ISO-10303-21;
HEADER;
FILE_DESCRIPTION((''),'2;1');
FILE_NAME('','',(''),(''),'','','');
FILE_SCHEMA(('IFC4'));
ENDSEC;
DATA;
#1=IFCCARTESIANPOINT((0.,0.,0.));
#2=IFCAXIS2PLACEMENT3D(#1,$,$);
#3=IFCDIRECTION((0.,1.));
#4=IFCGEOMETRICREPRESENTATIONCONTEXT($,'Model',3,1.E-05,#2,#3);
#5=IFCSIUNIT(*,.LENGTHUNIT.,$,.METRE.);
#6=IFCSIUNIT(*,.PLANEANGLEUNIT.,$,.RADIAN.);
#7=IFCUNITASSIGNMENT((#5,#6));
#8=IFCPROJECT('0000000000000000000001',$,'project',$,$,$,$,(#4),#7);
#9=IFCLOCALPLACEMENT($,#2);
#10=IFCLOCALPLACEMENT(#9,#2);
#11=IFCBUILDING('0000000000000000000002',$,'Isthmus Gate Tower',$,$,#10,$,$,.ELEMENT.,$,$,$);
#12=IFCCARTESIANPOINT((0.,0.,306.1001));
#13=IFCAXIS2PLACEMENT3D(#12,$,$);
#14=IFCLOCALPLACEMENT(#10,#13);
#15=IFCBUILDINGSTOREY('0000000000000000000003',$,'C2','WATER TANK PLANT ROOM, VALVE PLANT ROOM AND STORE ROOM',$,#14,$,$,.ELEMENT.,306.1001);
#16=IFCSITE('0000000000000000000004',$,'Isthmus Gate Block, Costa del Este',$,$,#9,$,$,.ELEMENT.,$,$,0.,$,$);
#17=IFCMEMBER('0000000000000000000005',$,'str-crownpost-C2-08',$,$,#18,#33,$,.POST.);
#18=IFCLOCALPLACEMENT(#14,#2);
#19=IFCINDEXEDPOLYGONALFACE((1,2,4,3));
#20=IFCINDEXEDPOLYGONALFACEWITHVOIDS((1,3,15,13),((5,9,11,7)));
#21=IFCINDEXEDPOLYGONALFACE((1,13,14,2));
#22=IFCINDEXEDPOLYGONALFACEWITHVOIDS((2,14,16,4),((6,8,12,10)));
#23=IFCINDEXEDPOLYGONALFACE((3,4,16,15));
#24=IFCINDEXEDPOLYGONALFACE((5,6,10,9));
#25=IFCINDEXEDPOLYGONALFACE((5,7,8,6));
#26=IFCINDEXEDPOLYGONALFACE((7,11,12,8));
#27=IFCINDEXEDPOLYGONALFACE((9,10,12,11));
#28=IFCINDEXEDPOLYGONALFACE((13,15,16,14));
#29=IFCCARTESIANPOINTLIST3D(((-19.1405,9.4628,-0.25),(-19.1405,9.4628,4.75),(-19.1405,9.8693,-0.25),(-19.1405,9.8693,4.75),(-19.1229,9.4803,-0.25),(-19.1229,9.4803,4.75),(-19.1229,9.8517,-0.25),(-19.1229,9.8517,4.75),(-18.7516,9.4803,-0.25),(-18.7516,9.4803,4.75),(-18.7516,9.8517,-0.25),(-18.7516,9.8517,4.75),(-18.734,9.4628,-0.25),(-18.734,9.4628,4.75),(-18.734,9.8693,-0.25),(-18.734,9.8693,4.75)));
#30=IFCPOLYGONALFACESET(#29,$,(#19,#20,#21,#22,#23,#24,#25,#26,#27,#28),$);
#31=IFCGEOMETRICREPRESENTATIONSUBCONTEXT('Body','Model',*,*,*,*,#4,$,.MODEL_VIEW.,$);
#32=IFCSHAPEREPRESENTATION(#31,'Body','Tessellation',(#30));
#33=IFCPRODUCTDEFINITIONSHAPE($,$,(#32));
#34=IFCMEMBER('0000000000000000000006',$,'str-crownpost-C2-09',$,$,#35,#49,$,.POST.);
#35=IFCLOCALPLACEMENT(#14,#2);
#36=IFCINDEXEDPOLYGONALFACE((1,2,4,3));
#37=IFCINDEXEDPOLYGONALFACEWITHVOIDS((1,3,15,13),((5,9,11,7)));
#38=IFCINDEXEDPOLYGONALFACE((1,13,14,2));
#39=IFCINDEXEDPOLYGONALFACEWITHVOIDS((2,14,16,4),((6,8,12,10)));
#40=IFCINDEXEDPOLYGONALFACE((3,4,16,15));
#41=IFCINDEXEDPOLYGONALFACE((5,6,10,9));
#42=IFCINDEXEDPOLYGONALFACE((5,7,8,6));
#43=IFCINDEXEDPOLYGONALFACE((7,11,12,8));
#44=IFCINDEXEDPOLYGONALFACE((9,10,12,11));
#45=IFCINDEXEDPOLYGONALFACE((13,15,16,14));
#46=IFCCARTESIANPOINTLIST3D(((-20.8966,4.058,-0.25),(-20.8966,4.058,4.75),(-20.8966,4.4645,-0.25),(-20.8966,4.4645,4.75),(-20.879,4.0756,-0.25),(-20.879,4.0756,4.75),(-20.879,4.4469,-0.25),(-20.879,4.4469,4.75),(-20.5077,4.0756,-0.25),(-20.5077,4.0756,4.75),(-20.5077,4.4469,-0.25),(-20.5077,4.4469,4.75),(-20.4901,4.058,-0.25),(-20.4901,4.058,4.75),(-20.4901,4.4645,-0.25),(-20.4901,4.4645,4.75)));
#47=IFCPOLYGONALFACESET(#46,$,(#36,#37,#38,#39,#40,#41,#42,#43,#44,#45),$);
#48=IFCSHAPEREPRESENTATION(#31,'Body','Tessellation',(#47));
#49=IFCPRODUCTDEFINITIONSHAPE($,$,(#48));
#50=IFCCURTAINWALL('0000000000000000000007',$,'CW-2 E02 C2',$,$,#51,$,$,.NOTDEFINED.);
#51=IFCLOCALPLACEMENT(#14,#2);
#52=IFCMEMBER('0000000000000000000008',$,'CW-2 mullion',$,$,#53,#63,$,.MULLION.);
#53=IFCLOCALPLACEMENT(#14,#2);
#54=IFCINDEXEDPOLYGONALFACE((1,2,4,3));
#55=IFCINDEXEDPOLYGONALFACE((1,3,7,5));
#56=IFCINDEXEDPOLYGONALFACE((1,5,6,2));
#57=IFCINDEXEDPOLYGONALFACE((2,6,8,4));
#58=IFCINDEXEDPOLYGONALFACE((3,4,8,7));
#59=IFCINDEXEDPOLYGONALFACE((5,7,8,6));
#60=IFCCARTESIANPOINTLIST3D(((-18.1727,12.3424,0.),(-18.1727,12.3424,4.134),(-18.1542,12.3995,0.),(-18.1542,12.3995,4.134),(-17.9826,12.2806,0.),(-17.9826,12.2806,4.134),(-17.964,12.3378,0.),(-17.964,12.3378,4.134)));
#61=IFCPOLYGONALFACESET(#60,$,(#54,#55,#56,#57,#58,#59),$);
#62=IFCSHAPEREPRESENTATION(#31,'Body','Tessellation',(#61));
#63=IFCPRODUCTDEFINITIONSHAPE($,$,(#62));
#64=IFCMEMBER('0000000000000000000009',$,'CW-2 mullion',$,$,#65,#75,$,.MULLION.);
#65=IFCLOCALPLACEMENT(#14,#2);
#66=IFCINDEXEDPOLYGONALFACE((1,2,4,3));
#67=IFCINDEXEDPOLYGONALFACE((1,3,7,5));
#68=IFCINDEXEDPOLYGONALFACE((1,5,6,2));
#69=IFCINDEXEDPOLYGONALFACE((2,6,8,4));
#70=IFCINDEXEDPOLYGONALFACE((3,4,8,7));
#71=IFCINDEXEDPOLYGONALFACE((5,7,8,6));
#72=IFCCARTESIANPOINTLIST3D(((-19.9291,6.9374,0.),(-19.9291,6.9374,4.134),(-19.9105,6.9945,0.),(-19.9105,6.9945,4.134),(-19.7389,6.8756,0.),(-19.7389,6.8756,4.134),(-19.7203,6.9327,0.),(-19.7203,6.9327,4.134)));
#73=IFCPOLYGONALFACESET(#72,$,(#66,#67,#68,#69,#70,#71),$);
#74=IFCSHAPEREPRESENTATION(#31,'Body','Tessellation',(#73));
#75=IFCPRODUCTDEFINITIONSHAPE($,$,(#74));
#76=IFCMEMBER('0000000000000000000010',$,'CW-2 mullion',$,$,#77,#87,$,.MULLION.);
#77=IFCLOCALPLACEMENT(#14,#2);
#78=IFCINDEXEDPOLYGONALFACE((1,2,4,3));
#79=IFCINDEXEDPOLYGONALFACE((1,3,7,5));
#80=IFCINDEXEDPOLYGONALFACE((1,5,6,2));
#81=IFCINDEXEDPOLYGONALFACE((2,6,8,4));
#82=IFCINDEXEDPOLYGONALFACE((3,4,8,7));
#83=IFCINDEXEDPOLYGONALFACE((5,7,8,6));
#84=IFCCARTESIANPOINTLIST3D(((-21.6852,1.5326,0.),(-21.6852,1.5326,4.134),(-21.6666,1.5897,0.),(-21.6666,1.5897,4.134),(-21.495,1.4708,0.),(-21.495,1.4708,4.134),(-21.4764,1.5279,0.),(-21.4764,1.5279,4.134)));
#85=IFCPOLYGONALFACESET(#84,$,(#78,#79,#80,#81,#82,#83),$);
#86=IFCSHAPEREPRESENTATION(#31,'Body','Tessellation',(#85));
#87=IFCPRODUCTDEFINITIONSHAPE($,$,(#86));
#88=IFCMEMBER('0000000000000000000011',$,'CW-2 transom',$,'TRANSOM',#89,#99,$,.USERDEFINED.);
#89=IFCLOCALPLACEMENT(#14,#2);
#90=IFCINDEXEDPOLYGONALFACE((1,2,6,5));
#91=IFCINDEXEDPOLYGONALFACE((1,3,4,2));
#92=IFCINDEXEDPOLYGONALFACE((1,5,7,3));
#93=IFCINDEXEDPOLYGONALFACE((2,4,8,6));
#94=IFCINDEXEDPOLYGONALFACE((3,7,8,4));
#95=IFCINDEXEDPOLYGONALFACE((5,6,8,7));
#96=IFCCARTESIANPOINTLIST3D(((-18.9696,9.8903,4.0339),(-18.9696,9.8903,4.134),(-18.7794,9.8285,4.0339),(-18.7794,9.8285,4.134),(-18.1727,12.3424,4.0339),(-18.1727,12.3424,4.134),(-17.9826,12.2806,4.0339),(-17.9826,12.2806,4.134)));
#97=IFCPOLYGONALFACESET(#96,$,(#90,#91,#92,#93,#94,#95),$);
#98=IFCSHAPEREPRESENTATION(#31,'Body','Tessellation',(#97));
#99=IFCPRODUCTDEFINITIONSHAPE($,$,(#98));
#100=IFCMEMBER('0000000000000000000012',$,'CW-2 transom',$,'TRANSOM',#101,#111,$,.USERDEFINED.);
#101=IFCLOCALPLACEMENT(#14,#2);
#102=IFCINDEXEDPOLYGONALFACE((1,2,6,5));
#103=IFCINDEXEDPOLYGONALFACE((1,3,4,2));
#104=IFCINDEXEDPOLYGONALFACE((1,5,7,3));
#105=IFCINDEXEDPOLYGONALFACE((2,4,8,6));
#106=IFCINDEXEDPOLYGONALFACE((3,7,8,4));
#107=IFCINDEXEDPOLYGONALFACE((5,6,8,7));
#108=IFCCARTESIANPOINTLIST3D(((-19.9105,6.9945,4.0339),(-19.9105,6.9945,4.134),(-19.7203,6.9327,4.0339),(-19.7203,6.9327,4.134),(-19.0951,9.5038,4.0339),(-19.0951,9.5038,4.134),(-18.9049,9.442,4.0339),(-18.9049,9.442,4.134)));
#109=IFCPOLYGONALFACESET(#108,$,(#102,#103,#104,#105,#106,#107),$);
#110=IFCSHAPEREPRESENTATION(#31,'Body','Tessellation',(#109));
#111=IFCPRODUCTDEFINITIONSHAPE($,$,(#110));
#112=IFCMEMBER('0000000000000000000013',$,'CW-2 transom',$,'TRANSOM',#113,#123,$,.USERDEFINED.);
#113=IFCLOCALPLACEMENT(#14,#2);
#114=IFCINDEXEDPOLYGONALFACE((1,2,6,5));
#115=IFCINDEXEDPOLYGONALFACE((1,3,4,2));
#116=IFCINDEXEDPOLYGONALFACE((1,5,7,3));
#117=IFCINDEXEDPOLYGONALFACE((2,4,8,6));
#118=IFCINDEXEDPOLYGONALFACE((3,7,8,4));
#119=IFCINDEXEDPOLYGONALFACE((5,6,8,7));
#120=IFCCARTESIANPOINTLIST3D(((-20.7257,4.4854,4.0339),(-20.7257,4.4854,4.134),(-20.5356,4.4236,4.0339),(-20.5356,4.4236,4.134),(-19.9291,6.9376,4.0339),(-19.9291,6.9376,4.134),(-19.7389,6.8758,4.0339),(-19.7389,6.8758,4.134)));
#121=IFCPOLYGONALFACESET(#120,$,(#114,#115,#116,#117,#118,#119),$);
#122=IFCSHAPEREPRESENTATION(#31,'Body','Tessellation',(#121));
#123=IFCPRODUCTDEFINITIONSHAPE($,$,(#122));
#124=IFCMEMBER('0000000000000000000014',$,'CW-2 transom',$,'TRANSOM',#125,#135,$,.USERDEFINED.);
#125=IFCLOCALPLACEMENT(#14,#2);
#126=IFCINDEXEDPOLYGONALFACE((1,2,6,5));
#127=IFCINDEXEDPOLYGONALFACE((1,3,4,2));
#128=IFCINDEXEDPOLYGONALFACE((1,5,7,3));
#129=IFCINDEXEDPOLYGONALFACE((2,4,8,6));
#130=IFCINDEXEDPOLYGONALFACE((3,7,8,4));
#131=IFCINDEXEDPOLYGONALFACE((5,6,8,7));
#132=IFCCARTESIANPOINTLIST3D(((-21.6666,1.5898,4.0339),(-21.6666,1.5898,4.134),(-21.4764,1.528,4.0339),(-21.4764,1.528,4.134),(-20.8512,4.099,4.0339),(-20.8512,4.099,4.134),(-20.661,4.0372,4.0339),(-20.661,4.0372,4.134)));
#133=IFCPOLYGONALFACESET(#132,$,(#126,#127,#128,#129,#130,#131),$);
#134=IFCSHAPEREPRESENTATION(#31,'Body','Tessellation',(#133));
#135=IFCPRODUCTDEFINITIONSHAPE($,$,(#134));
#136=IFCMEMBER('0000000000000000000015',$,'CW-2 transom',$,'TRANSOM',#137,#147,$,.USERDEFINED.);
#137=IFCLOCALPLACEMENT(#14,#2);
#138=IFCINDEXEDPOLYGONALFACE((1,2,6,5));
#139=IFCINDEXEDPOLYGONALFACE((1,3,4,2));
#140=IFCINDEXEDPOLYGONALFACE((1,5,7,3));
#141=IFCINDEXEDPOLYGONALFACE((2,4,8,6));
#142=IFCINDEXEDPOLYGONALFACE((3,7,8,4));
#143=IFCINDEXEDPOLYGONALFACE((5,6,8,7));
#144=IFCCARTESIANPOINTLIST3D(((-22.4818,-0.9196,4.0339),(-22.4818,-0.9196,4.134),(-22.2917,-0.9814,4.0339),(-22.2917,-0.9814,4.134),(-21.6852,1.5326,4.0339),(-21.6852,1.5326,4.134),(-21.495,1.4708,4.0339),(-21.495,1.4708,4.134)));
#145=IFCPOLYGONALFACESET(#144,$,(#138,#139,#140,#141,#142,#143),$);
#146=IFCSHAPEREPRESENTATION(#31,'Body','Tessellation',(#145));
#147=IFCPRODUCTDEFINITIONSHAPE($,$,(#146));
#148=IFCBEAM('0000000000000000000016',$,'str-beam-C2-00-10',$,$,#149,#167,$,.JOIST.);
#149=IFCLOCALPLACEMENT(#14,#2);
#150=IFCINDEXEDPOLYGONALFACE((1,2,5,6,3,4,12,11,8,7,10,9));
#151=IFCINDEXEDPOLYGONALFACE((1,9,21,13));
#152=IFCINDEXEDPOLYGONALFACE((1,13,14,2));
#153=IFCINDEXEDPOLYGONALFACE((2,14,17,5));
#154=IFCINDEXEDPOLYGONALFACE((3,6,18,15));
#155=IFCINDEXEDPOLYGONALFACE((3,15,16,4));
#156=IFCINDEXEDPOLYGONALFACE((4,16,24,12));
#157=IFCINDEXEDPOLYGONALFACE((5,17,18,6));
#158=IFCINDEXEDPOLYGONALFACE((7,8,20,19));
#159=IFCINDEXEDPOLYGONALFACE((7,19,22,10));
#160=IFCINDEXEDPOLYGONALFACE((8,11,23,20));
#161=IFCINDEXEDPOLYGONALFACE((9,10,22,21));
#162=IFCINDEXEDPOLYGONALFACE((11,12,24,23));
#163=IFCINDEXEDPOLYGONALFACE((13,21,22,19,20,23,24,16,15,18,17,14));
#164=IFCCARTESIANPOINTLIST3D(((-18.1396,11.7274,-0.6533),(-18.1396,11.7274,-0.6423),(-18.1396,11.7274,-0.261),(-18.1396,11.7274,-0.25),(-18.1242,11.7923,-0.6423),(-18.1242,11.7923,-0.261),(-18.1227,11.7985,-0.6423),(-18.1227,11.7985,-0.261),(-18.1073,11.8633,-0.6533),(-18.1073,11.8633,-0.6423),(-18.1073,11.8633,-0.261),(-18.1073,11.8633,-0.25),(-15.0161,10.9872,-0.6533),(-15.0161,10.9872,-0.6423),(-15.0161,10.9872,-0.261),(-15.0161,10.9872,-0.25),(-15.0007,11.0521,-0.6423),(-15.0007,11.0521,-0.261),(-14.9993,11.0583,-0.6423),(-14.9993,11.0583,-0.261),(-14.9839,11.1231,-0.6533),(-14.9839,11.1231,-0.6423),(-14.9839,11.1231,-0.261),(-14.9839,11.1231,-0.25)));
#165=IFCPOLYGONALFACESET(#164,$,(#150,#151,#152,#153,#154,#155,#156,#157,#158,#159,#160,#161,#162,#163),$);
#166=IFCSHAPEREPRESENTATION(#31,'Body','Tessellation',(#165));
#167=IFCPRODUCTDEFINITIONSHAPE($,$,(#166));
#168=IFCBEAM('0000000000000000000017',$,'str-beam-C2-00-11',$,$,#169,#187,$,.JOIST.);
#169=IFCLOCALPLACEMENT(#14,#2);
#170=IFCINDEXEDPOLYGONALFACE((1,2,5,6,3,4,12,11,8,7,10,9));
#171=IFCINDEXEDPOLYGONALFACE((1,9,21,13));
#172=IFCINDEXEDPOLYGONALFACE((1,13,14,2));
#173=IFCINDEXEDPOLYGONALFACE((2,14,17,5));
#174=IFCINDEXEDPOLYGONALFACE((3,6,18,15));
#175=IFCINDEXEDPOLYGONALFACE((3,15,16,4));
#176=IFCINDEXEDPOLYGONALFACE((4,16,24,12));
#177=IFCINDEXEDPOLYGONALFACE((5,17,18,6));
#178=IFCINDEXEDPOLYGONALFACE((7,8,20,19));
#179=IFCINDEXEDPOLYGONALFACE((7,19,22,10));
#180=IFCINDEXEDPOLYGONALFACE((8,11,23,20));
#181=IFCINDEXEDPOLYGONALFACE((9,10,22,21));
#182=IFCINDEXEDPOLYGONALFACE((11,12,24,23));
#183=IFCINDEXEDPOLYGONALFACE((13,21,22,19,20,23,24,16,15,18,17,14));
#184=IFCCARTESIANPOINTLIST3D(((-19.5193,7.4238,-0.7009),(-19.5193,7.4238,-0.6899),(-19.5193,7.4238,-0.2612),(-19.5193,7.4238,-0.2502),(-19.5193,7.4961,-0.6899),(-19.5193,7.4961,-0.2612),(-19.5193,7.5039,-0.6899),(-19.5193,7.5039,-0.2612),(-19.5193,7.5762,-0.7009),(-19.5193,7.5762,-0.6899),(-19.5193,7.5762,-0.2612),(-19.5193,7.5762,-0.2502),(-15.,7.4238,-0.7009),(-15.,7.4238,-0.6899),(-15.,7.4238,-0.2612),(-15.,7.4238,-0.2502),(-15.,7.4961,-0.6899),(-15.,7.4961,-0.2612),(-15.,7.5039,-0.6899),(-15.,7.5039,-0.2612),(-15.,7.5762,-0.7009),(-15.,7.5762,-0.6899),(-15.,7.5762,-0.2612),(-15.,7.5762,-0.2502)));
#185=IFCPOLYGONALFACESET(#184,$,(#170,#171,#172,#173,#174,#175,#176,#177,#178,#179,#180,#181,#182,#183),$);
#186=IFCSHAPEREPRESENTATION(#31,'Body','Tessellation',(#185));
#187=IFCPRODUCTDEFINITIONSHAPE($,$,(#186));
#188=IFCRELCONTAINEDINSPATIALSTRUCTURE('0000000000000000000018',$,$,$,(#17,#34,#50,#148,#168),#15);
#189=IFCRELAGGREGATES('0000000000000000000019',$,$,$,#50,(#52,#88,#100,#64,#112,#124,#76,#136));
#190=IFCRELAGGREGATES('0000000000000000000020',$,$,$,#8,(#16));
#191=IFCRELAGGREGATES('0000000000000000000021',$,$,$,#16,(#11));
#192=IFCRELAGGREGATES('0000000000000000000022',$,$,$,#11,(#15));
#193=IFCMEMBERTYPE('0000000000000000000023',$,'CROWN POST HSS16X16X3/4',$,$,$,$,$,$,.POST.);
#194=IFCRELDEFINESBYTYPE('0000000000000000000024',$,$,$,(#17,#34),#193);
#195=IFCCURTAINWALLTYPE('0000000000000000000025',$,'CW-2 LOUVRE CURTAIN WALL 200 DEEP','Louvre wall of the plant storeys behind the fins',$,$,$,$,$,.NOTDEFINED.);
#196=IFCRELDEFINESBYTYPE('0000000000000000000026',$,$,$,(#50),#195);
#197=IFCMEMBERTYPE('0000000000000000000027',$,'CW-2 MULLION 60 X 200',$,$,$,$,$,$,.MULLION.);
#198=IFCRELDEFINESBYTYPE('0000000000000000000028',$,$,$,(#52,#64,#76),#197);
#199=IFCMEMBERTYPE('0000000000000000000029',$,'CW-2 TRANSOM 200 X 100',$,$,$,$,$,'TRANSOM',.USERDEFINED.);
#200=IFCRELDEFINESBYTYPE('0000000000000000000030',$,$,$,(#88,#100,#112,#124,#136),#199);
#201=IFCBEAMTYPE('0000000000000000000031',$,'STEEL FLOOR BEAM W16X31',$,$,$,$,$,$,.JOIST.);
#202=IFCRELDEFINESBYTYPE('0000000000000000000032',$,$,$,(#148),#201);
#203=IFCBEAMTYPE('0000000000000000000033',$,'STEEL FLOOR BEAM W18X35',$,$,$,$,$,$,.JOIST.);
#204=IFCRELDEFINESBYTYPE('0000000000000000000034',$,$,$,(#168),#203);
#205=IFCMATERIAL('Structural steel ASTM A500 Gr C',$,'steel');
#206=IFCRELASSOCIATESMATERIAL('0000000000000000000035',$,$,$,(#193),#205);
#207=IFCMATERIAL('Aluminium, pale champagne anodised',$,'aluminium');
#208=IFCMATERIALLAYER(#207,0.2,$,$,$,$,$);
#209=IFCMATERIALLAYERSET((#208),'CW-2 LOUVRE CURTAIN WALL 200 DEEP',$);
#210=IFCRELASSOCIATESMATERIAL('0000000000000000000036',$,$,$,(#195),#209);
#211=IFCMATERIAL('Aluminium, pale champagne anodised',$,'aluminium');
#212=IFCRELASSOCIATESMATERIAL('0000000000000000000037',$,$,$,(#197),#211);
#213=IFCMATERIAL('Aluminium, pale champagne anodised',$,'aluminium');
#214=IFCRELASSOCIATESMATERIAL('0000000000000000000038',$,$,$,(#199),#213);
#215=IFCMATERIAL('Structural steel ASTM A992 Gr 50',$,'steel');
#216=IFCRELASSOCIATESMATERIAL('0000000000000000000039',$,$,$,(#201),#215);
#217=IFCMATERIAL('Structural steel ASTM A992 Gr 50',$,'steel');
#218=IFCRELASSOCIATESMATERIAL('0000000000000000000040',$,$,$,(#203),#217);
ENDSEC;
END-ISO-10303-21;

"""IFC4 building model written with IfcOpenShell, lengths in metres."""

from ifc_helpers import new_model, si_unit, direction, frame, origin, origin_2d, place, context, subcontext, project, spatial, rectangle, hollow_rectangle, i_section, extrude, material, layer, layer_set, material_profile, profile_set, type_object, element, aggregate, save


model = new_model("IFC4")

# Units and contexts
model_context = context("Model", 3, precision=1e-05, world=origin(), true_north=direction((0.0, 1.0)))
body_context = subcontext(model_context, "Body", "Model", "MODEL_VIEW")
ifc_project = project(units=[si_unit("LENGTHUNIT", "METRE"), si_unit("PLANEANGLEUNIT", "RADIAN")], contexts=[model_context])

# Site, building, storey
site_placement = place(None, origin())
site = spatial("IfcSite", under=ifc_project, at=site_placement, Name="Isthmus Gate Block, Costa del Este", CompositionType="ELEMENT", RefElevation=0.0)
building_placement = place(site_placement, origin())
building = spatial("IfcBuilding", under=site, at=building_placement, Name="Isthmus Gate Tower", CompositionType="ELEMENT")
storey_placement = place(building_placement, frame((0.0, 0.0, 306.1001)))
storey = spatial("IfcBuildingStorey", under=building, at=storey_placement, Name="C2", Description="WATER TANK PLANT ROOM, VALVE PLANT ROOM AND STORE ROOM", CompositionType="ELEMENT", Elevation=306.1001)

# Members
ifc_material_1 = material(Name="Structural steel ASTM A500 Gr C", Category="steel")
ifc_material_profile_1 = material_profile(ifc_material_1, hollow_rectangle(XDim=0.4065, YDim=0.4065, WallThickness=0.0176, at=origin_2d()), Name="HSS16X16X3/4")
ifc_profile_set_1 = profile_set([ifc_material_profile_1], Name="Structural steel ASTM A500 Gr C")
member_type_1 = type_object("IfcMemberType", Name="CROWN POST HSS16X16X3/4", PredefinedType="POST", material=ifc_profile_set_1)
for number, where, z_axis, x_axis, name in (
    (1, (-18.9373, 9.666, -0.25), (0.0, 0.0, 1.0), (1.0, 0.0, 0.0), "str-crownpost-C2-08"),
    (2, (-20.6934, 4.2612, -0.25), (0.0, 0.0, 1.0), (1.0, 0.0, 0.0), "str-crownpost-C2-09"),
):
    element("IfcMember", number, at=place(storey_placement, frame(where, z_axis=z_axis, x_axis=x_axis)), inside=storey, type_object=member_type_1, Name=name, PredefinedType="POST", context=body_context, shape_type="SweptSolid", body=[
        extrude(hollow_rectangle(XDim=0.4065, YDim=0.4065, WallThickness=0.0176, at=origin_2d()), origin(), (0.0, 0.0, 1.0), 5.0),
    ])

# Curtain wall, members
ifc_material_2 = material(Name="Aluminium, pale champagne anodised", Category="aluminium")
ifc_layer_1 = layer(ifc_material_2, 0.2)
ifc_layer_set_1 = layer_set([ifc_layer_1], Name="CW-2 LOUVRE CURTAIN WALL 200 DEEP")
curtain_wall_type = type_object("IfcCurtainWallType", Name="CW-2 LOUVRE CURTAIN WALL 200 DEEP", Description="Louvre wall of the plant storeys behind the fins", PredefinedType="NOTDEFINED", material=ifc_layer_set_1)
curtain_wall_placement = place(storey_placement, origin())
curtain_wall = element("IfcCurtainWall", 3, at=curtain_wall_placement, inside=storey, type_object=curtain_wall_type, Name="CW-2 E02 C2", PredefinedType="NOTDEFINED")
ifc_material_3 = material(Name="Aluminium, pale champagne anodised", Category="aluminium")
ifc_material_profile_2 = material_profile(ifc_material_3, rectangle(XDim=0.0601, YDim=0.2, at=origin_2d()), Name="60x200")
ifc_profile_set_2 = profile_set([ifc_material_profile_2], Name="Aluminium, pale champagne anodised")
member_type_2 = type_object("IfcMemberType", Name="CW-2 MULLION 60 X 200", PredefinedType="MULLION", material=ifc_profile_set_2)
member_1_placement = place(storey_placement, frame((-18.0684, 12.3401, 0.0), z_axis=(0.0, 0.0, 1.0), x_axis=(-0.309017, -0.951057, 0.0)))
member_1 = element("IfcMember", 4, at=member_1_placement, type_object=member_type_2, Name="CW-2 mullion", PredefinedType="MULLION", context=body_context, shape_type="SweptSolid", body=[
    extrude(rectangle(XDim=0.0601, YDim=0.2, at=origin_2d()), origin(), (0.0, 0.0, 1.0), 4.134),
])
member_2_placement = place(storey_placement, frame((-19.8247, 6.9351, 0.0), z_axis=(0.0, 0.0, 1.0), x_axis=(-0.309017, -0.951057, 0.0)))
member_2 = element("IfcMember", 5, at=member_2_placement, type_object=member_type_2, Name="CW-2 mullion", PredefinedType="MULLION", context=body_context, shape_type="SweptSolid", body=[
    extrude(rectangle(XDim=0.0601, YDim=0.2, at=origin_2d()), origin(), (0.0, 0.0, 1.0), 4.134),
])
member_3_placement = place(storey_placement, frame((-21.5808, 1.5303, 0.0), z_axis=(0.0, 0.0, 1.0), x_axis=(-0.309017, -0.951057, 0.0)))
member_3 = element("IfcMember", 6, at=member_3_placement, type_object=member_type_2, Name="CW-2 mullion", PredefinedType="MULLION", context=body_context, shape_type="SweptSolid", body=[
    extrude(rectangle(XDim=0.0601, YDim=0.2, at=origin_2d()), origin(), (0.0, 0.0, 1.0), 4.134),
])
ifc_material_4 = material(Name="Aluminium, pale champagne anodised", Category="aluminium")
ifc_material_profile_3 = material_profile(ifc_material_4, rectangle(XDim=0.2, YDim=0.1001, at=origin_2d()), Name="200x100")
ifc_profile_set_3 = profile_set([ifc_material_profile_3], Name="Aluminium, pale champagne anodised")
member_type_3 = type_object("IfcMemberType", Name="CW-2 TRANSOM 200 X 100", ElementType="TRANSOM", PredefinedType="USERDEFINED", material=ifc_profile_set_3)
member_4_placement = place(storey_placement, frame((-18.0776, 12.3115, 4.084), z_axis=(-0.30906, -0.951042, 0.0), x_axis=(0.951042, -0.30906, 0.0)))
member_4 = element("IfcMember", 7, at=member_4_placement, type_object=member_type_3, Name="CW-2 transom", ObjectType="TRANSOM", PredefinedType="USERDEFINED", context=body_context, shape_type="SweptSolid", body=[
    extrude(rectangle(XDim=0.2, YDim=0.1001, at=origin_2d()), origin(), (0.0, 0.0, 1.0), 2.5784),
])
member_5_placement = place(storey_placement, frame((-19.0, 9.4729, 4.084), z_axis=(-0.309057, -0.951044, 0.0), x_axis=(0.951044, -0.309057, 0.0)))
member_5 = element("IfcMember", 8, at=member_5_placement, type_object=member_type_3, Name="CW-2 transom", ObjectType="TRANSOM", PredefinedType="USERDEFINED", context=body_context, shape_type="SweptSolid", body=[
    extrude(rectangle(XDim=0.2, YDim=0.1001, at=origin_2d()), origin(), (0.0, 0.0, 1.0), 2.6384),
])
member_6_placement = place(storey_placement, frame((-19.834, 6.9067, 4.084), z_axis=(-0.308975, -0.95107, 0.0), x_axis=(0.95107, -0.308975, 0.0)))
member_6 = element("IfcMember", 9, at=member_6_placement, type_object=member_type_3, Name="CW-2 transom", ObjectType="TRANSOM", PredefinedType="USERDEFINED", context=body_context, shape_type="SweptSolid", body=[
    extrude(rectangle(XDim=0.2, YDim=0.1001, at=origin_2d()), origin(), (0.0, 0.0, 1.0), 2.5784),
])
member_7_placement = place(storey_placement, frame((-20.7561, 4.0681, 4.084), z_axis=(-0.309057, -0.951044, 0.0), x_axis=(0.951044, -0.309057, 0.0)))
member_7 = element("IfcMember", 10, at=member_7_placement, type_object=member_type_3, Name="CW-2 transom", ObjectType="TRANSOM", PredefinedType="USERDEFINED", context=body_context, shape_type="SweptSolid", body=[
    extrude(rectangle(XDim=0.2, YDim=0.1001, at=origin_2d()), origin(), (0.0, 0.0, 1.0), 2.6384),
])
member_8_placement = place(storey_placement, frame((-21.5901, 1.5017, 4.084), z_axis=(-0.308975, -0.95107, 0.0), x_axis=(0.95107, -0.308975, 0.0)))
member_8 = element("IfcMember", 11, at=member_8_placement, type_object=member_type_3, Name="CW-2 transom", ObjectType="TRANSOM", PredefinedType="USERDEFINED", context=body_context, shape_type="SweptSolid", body=[
    extrude(rectangle(XDim=0.2, YDim=0.1001, at=origin_2d()), origin(), (0.0, 0.0, 1.0), 2.5784),
])

# Beams
ifc_material_5 = material(Name="Structural steel ASTM A992 Gr 50", Category="steel")
ifc_material_profile_4 = material_profile(ifc_material_5, i_section(OverallWidth=0.1396, OverallDepth=0.4033, WebThickness=0.0063, FlangeThickness=0.011, at=origin_2d()), Name="W16X31")
ifc_profile_set_4 = profile_set([ifc_material_profile_4], Name="Structural steel ASTM A992 Gr 50")
beam_type_1 = type_object("IfcBeamType", Name="STEEL FLOOR BEAM W16X31", PredefinedType="JOIST", material=ifc_profile_set_4)
beam_1_placement = place(storey_placement, frame((-15.0, 11.0552, -0.4517), z_axis=(-0.973049, 0.230599, 0.0), x_axis=(-0.230599, -0.973049, 0.0)))
element("IfcBeam", 12, at=beam_1_placement, inside=storey, type_object=beam_type_1, Name="str-beam-C2-00-10", PredefinedType="JOIST", context=body_context, shape_type="SweptSolid", body=[
    extrude(i_section(OverallWidth=0.1396, OverallDepth=0.4033, WebThickness=0.0063, FlangeThickness=0.011, at=origin_2d()), origin(), (0.0, 0.0, 1.0), 3.21),
])
ifc_material_6 = material(Name="Structural steel ASTM A992 Gr 50", Category="steel")
ifc_material_profile_5 = material_profile(ifc_material_6, i_section(OverallWidth=0.1523, OverallDepth=0.4507, WebThickness=0.0078, FlangeThickness=0.011, at=origin_2d()), Name="W18X35")
ifc_profile_set_5 = profile_set([ifc_material_profile_5], Name="Structural steel ASTM A992 Gr 50")
beam_type_2 = type_object("IfcBeamType", Name="STEEL FLOOR BEAM W18X35", PredefinedType="JOIST", material=ifc_profile_set_5)
beam_2_placement = place(storey_placement, frame((-15.0, 7.5, -0.4756), z_axis=(-1.0, 0.0, 0.0), x_axis=(0.0, -1.0, 0.0)))
element("IfcBeam", 13, at=beam_2_placement, inside=storey, type_object=beam_type_2, Name="str-beam-C2-00-11", PredefinedType="JOIST", context=body_context, shape_type="SweptSolid", body=[
    extrude(i_section(OverallWidth=0.1523, OverallDepth=0.4507, WebThickness=0.0078, FlangeThickness=0.011, at=origin_2d()), origin(), (0.0, 0.0, 1.0), 4.5193),
])

aggregate(curtain_wall, [member_1, member_4, member_5, member_2, member_6, member_7, member_3, member_8])

save(model, "model.ifc")
